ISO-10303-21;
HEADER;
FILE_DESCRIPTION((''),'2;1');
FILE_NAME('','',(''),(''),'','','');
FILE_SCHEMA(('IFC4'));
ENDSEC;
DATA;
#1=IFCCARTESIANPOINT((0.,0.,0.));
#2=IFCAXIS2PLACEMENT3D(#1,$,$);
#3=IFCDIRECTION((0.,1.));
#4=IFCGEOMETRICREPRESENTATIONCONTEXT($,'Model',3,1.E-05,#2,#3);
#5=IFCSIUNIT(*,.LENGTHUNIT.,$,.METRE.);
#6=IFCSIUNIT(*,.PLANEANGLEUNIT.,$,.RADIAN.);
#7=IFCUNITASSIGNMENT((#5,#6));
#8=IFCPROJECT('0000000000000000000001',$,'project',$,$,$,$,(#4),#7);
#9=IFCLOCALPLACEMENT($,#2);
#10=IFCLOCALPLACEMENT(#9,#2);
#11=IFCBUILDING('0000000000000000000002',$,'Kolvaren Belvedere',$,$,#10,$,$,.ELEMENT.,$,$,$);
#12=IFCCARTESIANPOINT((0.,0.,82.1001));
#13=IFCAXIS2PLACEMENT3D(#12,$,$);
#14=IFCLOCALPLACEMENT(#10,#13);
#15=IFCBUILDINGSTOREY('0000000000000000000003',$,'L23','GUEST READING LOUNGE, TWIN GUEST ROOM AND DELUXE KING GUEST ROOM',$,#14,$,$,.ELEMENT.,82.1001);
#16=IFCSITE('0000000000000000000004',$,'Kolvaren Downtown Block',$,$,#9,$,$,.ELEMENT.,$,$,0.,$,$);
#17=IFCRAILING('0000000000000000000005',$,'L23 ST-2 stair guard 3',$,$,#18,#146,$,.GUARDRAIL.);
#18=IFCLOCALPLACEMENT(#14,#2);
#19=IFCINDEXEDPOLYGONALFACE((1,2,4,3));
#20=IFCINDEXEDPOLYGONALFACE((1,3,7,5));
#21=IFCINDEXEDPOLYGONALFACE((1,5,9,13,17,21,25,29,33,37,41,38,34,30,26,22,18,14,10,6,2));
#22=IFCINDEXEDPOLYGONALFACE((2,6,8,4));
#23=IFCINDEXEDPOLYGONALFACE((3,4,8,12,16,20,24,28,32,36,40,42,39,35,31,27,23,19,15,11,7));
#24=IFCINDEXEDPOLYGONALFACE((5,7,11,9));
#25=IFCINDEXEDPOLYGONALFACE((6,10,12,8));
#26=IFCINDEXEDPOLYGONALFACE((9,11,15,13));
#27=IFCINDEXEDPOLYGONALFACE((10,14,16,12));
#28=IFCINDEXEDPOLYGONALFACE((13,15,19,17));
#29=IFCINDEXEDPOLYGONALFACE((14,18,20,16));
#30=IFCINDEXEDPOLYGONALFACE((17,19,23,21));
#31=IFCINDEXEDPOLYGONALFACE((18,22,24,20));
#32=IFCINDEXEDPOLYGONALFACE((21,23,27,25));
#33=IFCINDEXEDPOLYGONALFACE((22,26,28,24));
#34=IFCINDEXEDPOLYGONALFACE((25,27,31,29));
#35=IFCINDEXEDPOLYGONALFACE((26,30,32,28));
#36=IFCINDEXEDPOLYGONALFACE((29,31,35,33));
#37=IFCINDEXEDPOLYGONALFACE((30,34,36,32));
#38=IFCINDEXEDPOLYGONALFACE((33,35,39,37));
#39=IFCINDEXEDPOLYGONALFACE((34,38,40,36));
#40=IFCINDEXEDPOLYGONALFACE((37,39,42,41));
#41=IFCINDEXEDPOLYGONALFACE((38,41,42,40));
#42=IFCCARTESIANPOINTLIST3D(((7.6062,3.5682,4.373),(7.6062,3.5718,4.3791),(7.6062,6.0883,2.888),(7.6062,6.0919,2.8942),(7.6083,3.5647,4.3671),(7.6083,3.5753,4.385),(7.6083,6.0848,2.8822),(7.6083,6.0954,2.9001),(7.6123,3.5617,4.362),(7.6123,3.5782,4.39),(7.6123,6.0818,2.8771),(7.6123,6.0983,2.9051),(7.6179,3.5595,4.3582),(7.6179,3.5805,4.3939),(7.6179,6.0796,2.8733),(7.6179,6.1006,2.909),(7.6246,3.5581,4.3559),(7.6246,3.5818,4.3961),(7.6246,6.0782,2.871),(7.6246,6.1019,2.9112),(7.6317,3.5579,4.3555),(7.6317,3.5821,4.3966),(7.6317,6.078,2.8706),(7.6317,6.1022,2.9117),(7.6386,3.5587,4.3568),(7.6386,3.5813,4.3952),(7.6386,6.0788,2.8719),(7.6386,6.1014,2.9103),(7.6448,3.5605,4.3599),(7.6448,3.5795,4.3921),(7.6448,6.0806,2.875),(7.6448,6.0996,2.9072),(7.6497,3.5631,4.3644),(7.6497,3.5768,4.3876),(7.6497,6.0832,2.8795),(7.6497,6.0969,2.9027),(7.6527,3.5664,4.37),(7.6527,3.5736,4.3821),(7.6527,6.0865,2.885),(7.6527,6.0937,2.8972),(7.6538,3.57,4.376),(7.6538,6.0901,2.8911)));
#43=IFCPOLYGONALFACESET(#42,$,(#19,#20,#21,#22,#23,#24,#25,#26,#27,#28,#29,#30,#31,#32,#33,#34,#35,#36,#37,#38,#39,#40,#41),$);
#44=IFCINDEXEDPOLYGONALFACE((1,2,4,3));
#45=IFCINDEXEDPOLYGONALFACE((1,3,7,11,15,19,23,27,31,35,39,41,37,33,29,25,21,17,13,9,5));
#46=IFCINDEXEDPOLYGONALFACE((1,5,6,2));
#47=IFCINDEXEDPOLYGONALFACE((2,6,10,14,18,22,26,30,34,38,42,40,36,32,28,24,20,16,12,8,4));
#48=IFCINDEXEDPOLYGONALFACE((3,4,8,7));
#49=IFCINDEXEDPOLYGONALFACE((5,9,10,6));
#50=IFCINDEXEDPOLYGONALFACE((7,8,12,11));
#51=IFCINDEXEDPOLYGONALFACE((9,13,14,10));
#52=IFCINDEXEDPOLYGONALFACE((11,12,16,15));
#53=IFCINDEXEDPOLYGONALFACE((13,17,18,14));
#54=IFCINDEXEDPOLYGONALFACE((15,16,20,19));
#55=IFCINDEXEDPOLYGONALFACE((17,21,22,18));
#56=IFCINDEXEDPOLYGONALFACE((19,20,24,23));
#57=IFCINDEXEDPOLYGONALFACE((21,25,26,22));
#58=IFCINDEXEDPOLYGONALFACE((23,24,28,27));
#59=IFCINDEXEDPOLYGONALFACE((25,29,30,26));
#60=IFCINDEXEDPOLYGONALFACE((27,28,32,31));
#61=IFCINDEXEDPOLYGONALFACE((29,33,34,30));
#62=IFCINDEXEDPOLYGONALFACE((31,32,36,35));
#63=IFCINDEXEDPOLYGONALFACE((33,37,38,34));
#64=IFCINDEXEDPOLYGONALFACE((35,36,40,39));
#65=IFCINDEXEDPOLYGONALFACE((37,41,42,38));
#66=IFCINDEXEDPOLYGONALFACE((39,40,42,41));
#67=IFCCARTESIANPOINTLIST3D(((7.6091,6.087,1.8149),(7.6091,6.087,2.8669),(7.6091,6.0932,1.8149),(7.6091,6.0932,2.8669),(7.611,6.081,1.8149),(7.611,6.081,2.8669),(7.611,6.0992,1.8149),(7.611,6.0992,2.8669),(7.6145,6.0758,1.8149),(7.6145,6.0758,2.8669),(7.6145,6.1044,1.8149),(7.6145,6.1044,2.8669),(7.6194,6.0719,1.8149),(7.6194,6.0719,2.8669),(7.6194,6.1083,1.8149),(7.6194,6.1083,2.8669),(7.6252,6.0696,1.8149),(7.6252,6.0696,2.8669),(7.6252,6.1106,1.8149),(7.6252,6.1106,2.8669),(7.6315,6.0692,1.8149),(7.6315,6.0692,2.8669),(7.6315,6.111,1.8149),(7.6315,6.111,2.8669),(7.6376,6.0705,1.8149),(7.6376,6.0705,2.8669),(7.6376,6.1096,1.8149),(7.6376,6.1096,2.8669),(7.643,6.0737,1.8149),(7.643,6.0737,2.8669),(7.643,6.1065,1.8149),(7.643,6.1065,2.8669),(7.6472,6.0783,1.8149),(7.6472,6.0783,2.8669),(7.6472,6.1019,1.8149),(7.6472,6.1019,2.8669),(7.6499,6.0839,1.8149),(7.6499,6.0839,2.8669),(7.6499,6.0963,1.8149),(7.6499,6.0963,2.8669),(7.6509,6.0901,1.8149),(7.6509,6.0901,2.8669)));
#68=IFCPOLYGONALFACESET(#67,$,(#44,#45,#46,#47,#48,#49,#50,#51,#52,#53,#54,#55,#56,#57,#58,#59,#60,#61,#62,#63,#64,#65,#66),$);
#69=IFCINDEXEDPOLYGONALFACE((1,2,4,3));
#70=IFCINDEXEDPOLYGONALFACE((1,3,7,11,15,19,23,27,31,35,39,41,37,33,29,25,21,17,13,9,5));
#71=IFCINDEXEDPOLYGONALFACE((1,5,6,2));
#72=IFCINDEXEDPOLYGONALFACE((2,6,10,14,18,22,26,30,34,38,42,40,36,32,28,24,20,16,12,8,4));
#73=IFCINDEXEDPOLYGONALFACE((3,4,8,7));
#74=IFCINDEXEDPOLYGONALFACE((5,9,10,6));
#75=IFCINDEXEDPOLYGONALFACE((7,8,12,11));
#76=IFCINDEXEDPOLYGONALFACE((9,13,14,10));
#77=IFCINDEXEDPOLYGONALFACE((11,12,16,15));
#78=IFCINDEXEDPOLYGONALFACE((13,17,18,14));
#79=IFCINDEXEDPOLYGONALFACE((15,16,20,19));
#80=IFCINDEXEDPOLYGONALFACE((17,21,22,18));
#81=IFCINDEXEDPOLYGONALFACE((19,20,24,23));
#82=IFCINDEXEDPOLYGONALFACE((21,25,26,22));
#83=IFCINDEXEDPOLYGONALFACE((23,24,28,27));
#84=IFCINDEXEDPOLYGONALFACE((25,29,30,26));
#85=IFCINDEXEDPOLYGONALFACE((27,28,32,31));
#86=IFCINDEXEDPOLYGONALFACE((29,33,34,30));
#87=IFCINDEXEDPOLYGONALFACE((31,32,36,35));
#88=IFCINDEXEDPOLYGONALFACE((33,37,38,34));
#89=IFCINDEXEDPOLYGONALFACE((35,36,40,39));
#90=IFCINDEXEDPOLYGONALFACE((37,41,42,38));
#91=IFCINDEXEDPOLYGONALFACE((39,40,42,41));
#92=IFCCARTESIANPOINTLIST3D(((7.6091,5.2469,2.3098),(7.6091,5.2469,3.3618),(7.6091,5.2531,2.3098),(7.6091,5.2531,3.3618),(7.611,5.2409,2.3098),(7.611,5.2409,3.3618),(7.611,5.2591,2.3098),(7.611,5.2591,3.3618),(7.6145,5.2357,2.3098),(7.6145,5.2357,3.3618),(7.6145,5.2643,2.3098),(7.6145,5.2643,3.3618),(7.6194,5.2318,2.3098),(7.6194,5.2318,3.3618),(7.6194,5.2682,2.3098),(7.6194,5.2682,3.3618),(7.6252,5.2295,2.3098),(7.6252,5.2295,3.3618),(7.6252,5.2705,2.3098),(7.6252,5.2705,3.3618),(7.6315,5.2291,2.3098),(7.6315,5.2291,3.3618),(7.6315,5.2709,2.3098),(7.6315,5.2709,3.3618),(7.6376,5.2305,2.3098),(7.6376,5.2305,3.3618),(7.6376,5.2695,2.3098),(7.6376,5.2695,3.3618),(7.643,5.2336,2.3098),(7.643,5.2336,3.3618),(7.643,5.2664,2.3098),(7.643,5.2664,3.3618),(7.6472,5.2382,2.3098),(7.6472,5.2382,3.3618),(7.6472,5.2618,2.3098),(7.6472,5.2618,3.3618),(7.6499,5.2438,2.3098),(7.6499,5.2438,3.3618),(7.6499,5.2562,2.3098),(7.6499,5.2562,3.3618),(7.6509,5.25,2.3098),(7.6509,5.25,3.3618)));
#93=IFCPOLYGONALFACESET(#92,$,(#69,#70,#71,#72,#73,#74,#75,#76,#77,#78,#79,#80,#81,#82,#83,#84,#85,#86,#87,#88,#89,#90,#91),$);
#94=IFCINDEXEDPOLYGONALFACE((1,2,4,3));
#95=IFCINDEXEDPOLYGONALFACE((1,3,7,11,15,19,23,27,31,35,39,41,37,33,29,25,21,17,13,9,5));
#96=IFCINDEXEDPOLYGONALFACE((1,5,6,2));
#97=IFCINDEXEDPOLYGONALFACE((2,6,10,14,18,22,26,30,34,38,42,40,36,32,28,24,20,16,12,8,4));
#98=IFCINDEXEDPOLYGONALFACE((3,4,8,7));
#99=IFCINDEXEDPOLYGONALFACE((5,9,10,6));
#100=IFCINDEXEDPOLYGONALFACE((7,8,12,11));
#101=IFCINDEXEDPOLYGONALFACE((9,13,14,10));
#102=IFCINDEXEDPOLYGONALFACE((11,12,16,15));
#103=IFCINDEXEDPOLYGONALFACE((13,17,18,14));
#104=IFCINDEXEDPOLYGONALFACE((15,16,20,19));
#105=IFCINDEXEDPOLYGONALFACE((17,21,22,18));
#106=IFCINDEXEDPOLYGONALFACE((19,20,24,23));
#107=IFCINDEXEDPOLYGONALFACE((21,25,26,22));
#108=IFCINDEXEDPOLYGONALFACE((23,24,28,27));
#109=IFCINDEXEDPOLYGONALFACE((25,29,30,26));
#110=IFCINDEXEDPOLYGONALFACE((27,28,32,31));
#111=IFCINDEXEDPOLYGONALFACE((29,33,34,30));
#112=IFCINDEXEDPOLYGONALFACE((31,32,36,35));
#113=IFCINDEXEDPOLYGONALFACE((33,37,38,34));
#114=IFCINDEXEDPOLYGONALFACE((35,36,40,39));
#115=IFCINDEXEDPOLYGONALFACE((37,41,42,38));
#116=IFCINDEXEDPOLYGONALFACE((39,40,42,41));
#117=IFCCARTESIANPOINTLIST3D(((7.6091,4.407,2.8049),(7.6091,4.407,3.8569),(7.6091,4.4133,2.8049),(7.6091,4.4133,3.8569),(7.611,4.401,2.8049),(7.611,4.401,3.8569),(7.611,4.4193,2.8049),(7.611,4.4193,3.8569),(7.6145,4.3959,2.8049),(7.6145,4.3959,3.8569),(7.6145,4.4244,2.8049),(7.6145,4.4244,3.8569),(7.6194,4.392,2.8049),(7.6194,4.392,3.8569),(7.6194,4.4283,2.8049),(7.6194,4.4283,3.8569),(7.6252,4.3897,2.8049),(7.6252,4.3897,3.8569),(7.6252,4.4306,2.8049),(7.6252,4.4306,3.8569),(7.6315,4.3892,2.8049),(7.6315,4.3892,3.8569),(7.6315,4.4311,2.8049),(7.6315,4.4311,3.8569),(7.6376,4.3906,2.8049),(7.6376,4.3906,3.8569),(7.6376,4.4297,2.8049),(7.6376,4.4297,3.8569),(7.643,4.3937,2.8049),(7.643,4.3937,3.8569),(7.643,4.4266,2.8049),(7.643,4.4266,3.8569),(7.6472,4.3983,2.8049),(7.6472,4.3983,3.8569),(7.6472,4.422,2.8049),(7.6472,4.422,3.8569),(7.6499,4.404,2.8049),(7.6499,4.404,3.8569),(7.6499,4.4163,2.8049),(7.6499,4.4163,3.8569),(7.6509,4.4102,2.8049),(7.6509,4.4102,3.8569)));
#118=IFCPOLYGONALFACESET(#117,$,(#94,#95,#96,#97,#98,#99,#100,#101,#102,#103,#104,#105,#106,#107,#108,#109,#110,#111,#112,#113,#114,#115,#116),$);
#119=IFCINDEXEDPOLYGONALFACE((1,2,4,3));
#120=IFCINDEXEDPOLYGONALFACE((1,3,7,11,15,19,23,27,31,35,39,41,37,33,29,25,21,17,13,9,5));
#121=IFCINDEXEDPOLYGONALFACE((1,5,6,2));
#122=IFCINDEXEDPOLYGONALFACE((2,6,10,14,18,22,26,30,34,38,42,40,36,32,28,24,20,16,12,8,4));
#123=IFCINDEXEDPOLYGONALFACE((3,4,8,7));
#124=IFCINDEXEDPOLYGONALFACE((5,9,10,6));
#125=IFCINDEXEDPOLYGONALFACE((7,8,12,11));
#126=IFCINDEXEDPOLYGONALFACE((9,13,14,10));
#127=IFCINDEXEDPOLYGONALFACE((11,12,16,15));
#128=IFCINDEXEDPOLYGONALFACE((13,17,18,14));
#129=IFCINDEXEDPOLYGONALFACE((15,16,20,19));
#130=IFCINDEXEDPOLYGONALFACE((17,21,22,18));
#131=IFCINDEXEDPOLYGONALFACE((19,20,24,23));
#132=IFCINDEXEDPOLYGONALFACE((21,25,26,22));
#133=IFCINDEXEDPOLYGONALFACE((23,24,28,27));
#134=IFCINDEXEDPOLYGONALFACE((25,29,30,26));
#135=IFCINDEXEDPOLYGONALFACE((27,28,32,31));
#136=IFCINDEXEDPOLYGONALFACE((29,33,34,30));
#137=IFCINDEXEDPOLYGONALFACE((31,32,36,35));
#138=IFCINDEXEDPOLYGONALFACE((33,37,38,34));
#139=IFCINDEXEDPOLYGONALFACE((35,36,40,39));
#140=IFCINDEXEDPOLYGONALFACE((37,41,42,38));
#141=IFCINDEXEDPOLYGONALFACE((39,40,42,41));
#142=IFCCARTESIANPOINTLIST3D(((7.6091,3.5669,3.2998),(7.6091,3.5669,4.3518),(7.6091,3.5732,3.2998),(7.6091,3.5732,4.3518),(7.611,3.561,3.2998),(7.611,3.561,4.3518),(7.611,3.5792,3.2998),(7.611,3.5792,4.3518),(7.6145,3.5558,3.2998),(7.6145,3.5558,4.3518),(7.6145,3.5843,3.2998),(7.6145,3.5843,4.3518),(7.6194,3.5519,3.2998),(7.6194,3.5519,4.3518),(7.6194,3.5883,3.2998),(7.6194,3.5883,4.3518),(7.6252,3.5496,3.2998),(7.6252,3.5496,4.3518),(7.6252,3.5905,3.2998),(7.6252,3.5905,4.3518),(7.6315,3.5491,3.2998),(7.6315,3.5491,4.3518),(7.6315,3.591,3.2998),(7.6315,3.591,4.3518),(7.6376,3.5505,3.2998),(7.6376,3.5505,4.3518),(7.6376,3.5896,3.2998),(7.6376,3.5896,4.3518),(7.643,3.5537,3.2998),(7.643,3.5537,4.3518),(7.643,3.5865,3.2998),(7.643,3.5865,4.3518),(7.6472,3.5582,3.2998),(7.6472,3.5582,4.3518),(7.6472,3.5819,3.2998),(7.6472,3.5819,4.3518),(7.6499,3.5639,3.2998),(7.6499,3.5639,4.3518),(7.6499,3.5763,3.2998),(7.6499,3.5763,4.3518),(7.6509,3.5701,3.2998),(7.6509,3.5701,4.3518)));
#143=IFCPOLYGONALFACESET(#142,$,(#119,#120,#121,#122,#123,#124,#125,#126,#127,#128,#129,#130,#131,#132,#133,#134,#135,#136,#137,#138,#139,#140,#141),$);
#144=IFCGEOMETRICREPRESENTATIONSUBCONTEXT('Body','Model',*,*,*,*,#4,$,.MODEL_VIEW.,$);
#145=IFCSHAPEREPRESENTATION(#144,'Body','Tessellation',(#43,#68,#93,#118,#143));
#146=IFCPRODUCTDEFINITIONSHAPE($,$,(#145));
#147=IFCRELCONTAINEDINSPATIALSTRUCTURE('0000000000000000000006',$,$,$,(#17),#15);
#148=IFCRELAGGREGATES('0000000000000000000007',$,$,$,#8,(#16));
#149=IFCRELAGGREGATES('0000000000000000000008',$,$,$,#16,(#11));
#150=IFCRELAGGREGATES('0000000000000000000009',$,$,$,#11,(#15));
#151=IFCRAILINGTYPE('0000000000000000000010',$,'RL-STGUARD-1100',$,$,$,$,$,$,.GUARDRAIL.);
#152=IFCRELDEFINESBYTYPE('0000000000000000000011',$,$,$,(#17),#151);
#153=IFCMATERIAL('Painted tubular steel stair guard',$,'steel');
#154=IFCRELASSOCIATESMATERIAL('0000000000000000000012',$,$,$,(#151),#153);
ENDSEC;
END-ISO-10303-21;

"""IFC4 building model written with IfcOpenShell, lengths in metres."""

from ifc_helpers import new_model, si_unit, direction, frame, origin, origin_2d, place, context, subcontext, project, spatial, circle, extrude, material, type_object, element, save


model = new_model("IFC4")

# Units and contexts
model_context = context("Model", 3, precision=1e-05, world=origin(), true_north=direction((0.0, 1.0)))
body_context = subcontext(model_context, "Body", "Model", "MODEL_VIEW")
ifc_project = project(units=[si_unit("LENGTHUNIT", "METRE"), si_unit("PLANEANGLEUNIT", "RADIAN")], contexts=[model_context])

# Site, building, storey
site_placement = place(None, origin())
site = spatial("IfcSite", under=ifc_project, at=site_placement, Name="Kolvaren Downtown Block", CompositionType="ELEMENT", RefElevation=0.0)
building_placement = place(site_placement, origin())
building = spatial("IfcBuilding", under=site, at=building_placement, Name="Kolvaren Belvedere", CompositionType="ELEMENT")
storey_placement = place(building_placement, frame((0.0, 0.0, 82.1001)))
storey = spatial("IfcBuildingStorey", under=building, at=storey_placement, Name="L23", Description="GUEST READING LOUNGE, TWIN GUEST ROOM AND DELUXE KING GUEST ROOM", CompositionType="ELEMENT", Elevation=82.1001)

# Railing
ifc_material_1 = material(Name="Painted tubular steel stair guard", Category="steel")
railing_type_1 = type_object("IfcRailingType", Name="RL-STGUARD-1100", PredefinedType="GUARDRAIL", material=ifc_material_1)
railing_1_placement = place(storey_placement, frame((7.6299, 6.0901, 1.8149)))
element("IfcRailing", 1, at=railing_1_placement, inside=storey, type_object=railing_type_1, Name="L23 ST-2 stair guard 3", PredefinedType="GUARDRAIL", context=body_context, shape_type="SweptSolid", body=[
    extrude(circle(Radius=0.0239, at=origin_2d()), frame((0.0, 0.0, 1.0762), z_axis=(0.0, -0.861561, 0.507655), x_axis=(1.0, 0.0, 0.0)), (0.0, 0.0, 1.0), 2.925),
    extrude(circle(Radius=0.021, at=origin_2d()), origin(), (0.0, 0.0, 1.0), 1.052),
    extrude(circle(Radius=0.021, at=origin_2d()), frame((0.0, -0.8401, 0.4949)), (0.0, 0.0, 1.0), 1.052),
    extrude(circle(Radius=0.021, at=origin_2d()), frame((0.0, -1.6799, 0.99)), (0.0, 0.0, 1.0), 1.052),
    extrude(circle(Radius=0.021, at=origin_2d()), frame((0.0, -2.52, 1.4849)), (0.0, 0.0, 1.0), 1.052),
])

save(model, "model.ifc")
